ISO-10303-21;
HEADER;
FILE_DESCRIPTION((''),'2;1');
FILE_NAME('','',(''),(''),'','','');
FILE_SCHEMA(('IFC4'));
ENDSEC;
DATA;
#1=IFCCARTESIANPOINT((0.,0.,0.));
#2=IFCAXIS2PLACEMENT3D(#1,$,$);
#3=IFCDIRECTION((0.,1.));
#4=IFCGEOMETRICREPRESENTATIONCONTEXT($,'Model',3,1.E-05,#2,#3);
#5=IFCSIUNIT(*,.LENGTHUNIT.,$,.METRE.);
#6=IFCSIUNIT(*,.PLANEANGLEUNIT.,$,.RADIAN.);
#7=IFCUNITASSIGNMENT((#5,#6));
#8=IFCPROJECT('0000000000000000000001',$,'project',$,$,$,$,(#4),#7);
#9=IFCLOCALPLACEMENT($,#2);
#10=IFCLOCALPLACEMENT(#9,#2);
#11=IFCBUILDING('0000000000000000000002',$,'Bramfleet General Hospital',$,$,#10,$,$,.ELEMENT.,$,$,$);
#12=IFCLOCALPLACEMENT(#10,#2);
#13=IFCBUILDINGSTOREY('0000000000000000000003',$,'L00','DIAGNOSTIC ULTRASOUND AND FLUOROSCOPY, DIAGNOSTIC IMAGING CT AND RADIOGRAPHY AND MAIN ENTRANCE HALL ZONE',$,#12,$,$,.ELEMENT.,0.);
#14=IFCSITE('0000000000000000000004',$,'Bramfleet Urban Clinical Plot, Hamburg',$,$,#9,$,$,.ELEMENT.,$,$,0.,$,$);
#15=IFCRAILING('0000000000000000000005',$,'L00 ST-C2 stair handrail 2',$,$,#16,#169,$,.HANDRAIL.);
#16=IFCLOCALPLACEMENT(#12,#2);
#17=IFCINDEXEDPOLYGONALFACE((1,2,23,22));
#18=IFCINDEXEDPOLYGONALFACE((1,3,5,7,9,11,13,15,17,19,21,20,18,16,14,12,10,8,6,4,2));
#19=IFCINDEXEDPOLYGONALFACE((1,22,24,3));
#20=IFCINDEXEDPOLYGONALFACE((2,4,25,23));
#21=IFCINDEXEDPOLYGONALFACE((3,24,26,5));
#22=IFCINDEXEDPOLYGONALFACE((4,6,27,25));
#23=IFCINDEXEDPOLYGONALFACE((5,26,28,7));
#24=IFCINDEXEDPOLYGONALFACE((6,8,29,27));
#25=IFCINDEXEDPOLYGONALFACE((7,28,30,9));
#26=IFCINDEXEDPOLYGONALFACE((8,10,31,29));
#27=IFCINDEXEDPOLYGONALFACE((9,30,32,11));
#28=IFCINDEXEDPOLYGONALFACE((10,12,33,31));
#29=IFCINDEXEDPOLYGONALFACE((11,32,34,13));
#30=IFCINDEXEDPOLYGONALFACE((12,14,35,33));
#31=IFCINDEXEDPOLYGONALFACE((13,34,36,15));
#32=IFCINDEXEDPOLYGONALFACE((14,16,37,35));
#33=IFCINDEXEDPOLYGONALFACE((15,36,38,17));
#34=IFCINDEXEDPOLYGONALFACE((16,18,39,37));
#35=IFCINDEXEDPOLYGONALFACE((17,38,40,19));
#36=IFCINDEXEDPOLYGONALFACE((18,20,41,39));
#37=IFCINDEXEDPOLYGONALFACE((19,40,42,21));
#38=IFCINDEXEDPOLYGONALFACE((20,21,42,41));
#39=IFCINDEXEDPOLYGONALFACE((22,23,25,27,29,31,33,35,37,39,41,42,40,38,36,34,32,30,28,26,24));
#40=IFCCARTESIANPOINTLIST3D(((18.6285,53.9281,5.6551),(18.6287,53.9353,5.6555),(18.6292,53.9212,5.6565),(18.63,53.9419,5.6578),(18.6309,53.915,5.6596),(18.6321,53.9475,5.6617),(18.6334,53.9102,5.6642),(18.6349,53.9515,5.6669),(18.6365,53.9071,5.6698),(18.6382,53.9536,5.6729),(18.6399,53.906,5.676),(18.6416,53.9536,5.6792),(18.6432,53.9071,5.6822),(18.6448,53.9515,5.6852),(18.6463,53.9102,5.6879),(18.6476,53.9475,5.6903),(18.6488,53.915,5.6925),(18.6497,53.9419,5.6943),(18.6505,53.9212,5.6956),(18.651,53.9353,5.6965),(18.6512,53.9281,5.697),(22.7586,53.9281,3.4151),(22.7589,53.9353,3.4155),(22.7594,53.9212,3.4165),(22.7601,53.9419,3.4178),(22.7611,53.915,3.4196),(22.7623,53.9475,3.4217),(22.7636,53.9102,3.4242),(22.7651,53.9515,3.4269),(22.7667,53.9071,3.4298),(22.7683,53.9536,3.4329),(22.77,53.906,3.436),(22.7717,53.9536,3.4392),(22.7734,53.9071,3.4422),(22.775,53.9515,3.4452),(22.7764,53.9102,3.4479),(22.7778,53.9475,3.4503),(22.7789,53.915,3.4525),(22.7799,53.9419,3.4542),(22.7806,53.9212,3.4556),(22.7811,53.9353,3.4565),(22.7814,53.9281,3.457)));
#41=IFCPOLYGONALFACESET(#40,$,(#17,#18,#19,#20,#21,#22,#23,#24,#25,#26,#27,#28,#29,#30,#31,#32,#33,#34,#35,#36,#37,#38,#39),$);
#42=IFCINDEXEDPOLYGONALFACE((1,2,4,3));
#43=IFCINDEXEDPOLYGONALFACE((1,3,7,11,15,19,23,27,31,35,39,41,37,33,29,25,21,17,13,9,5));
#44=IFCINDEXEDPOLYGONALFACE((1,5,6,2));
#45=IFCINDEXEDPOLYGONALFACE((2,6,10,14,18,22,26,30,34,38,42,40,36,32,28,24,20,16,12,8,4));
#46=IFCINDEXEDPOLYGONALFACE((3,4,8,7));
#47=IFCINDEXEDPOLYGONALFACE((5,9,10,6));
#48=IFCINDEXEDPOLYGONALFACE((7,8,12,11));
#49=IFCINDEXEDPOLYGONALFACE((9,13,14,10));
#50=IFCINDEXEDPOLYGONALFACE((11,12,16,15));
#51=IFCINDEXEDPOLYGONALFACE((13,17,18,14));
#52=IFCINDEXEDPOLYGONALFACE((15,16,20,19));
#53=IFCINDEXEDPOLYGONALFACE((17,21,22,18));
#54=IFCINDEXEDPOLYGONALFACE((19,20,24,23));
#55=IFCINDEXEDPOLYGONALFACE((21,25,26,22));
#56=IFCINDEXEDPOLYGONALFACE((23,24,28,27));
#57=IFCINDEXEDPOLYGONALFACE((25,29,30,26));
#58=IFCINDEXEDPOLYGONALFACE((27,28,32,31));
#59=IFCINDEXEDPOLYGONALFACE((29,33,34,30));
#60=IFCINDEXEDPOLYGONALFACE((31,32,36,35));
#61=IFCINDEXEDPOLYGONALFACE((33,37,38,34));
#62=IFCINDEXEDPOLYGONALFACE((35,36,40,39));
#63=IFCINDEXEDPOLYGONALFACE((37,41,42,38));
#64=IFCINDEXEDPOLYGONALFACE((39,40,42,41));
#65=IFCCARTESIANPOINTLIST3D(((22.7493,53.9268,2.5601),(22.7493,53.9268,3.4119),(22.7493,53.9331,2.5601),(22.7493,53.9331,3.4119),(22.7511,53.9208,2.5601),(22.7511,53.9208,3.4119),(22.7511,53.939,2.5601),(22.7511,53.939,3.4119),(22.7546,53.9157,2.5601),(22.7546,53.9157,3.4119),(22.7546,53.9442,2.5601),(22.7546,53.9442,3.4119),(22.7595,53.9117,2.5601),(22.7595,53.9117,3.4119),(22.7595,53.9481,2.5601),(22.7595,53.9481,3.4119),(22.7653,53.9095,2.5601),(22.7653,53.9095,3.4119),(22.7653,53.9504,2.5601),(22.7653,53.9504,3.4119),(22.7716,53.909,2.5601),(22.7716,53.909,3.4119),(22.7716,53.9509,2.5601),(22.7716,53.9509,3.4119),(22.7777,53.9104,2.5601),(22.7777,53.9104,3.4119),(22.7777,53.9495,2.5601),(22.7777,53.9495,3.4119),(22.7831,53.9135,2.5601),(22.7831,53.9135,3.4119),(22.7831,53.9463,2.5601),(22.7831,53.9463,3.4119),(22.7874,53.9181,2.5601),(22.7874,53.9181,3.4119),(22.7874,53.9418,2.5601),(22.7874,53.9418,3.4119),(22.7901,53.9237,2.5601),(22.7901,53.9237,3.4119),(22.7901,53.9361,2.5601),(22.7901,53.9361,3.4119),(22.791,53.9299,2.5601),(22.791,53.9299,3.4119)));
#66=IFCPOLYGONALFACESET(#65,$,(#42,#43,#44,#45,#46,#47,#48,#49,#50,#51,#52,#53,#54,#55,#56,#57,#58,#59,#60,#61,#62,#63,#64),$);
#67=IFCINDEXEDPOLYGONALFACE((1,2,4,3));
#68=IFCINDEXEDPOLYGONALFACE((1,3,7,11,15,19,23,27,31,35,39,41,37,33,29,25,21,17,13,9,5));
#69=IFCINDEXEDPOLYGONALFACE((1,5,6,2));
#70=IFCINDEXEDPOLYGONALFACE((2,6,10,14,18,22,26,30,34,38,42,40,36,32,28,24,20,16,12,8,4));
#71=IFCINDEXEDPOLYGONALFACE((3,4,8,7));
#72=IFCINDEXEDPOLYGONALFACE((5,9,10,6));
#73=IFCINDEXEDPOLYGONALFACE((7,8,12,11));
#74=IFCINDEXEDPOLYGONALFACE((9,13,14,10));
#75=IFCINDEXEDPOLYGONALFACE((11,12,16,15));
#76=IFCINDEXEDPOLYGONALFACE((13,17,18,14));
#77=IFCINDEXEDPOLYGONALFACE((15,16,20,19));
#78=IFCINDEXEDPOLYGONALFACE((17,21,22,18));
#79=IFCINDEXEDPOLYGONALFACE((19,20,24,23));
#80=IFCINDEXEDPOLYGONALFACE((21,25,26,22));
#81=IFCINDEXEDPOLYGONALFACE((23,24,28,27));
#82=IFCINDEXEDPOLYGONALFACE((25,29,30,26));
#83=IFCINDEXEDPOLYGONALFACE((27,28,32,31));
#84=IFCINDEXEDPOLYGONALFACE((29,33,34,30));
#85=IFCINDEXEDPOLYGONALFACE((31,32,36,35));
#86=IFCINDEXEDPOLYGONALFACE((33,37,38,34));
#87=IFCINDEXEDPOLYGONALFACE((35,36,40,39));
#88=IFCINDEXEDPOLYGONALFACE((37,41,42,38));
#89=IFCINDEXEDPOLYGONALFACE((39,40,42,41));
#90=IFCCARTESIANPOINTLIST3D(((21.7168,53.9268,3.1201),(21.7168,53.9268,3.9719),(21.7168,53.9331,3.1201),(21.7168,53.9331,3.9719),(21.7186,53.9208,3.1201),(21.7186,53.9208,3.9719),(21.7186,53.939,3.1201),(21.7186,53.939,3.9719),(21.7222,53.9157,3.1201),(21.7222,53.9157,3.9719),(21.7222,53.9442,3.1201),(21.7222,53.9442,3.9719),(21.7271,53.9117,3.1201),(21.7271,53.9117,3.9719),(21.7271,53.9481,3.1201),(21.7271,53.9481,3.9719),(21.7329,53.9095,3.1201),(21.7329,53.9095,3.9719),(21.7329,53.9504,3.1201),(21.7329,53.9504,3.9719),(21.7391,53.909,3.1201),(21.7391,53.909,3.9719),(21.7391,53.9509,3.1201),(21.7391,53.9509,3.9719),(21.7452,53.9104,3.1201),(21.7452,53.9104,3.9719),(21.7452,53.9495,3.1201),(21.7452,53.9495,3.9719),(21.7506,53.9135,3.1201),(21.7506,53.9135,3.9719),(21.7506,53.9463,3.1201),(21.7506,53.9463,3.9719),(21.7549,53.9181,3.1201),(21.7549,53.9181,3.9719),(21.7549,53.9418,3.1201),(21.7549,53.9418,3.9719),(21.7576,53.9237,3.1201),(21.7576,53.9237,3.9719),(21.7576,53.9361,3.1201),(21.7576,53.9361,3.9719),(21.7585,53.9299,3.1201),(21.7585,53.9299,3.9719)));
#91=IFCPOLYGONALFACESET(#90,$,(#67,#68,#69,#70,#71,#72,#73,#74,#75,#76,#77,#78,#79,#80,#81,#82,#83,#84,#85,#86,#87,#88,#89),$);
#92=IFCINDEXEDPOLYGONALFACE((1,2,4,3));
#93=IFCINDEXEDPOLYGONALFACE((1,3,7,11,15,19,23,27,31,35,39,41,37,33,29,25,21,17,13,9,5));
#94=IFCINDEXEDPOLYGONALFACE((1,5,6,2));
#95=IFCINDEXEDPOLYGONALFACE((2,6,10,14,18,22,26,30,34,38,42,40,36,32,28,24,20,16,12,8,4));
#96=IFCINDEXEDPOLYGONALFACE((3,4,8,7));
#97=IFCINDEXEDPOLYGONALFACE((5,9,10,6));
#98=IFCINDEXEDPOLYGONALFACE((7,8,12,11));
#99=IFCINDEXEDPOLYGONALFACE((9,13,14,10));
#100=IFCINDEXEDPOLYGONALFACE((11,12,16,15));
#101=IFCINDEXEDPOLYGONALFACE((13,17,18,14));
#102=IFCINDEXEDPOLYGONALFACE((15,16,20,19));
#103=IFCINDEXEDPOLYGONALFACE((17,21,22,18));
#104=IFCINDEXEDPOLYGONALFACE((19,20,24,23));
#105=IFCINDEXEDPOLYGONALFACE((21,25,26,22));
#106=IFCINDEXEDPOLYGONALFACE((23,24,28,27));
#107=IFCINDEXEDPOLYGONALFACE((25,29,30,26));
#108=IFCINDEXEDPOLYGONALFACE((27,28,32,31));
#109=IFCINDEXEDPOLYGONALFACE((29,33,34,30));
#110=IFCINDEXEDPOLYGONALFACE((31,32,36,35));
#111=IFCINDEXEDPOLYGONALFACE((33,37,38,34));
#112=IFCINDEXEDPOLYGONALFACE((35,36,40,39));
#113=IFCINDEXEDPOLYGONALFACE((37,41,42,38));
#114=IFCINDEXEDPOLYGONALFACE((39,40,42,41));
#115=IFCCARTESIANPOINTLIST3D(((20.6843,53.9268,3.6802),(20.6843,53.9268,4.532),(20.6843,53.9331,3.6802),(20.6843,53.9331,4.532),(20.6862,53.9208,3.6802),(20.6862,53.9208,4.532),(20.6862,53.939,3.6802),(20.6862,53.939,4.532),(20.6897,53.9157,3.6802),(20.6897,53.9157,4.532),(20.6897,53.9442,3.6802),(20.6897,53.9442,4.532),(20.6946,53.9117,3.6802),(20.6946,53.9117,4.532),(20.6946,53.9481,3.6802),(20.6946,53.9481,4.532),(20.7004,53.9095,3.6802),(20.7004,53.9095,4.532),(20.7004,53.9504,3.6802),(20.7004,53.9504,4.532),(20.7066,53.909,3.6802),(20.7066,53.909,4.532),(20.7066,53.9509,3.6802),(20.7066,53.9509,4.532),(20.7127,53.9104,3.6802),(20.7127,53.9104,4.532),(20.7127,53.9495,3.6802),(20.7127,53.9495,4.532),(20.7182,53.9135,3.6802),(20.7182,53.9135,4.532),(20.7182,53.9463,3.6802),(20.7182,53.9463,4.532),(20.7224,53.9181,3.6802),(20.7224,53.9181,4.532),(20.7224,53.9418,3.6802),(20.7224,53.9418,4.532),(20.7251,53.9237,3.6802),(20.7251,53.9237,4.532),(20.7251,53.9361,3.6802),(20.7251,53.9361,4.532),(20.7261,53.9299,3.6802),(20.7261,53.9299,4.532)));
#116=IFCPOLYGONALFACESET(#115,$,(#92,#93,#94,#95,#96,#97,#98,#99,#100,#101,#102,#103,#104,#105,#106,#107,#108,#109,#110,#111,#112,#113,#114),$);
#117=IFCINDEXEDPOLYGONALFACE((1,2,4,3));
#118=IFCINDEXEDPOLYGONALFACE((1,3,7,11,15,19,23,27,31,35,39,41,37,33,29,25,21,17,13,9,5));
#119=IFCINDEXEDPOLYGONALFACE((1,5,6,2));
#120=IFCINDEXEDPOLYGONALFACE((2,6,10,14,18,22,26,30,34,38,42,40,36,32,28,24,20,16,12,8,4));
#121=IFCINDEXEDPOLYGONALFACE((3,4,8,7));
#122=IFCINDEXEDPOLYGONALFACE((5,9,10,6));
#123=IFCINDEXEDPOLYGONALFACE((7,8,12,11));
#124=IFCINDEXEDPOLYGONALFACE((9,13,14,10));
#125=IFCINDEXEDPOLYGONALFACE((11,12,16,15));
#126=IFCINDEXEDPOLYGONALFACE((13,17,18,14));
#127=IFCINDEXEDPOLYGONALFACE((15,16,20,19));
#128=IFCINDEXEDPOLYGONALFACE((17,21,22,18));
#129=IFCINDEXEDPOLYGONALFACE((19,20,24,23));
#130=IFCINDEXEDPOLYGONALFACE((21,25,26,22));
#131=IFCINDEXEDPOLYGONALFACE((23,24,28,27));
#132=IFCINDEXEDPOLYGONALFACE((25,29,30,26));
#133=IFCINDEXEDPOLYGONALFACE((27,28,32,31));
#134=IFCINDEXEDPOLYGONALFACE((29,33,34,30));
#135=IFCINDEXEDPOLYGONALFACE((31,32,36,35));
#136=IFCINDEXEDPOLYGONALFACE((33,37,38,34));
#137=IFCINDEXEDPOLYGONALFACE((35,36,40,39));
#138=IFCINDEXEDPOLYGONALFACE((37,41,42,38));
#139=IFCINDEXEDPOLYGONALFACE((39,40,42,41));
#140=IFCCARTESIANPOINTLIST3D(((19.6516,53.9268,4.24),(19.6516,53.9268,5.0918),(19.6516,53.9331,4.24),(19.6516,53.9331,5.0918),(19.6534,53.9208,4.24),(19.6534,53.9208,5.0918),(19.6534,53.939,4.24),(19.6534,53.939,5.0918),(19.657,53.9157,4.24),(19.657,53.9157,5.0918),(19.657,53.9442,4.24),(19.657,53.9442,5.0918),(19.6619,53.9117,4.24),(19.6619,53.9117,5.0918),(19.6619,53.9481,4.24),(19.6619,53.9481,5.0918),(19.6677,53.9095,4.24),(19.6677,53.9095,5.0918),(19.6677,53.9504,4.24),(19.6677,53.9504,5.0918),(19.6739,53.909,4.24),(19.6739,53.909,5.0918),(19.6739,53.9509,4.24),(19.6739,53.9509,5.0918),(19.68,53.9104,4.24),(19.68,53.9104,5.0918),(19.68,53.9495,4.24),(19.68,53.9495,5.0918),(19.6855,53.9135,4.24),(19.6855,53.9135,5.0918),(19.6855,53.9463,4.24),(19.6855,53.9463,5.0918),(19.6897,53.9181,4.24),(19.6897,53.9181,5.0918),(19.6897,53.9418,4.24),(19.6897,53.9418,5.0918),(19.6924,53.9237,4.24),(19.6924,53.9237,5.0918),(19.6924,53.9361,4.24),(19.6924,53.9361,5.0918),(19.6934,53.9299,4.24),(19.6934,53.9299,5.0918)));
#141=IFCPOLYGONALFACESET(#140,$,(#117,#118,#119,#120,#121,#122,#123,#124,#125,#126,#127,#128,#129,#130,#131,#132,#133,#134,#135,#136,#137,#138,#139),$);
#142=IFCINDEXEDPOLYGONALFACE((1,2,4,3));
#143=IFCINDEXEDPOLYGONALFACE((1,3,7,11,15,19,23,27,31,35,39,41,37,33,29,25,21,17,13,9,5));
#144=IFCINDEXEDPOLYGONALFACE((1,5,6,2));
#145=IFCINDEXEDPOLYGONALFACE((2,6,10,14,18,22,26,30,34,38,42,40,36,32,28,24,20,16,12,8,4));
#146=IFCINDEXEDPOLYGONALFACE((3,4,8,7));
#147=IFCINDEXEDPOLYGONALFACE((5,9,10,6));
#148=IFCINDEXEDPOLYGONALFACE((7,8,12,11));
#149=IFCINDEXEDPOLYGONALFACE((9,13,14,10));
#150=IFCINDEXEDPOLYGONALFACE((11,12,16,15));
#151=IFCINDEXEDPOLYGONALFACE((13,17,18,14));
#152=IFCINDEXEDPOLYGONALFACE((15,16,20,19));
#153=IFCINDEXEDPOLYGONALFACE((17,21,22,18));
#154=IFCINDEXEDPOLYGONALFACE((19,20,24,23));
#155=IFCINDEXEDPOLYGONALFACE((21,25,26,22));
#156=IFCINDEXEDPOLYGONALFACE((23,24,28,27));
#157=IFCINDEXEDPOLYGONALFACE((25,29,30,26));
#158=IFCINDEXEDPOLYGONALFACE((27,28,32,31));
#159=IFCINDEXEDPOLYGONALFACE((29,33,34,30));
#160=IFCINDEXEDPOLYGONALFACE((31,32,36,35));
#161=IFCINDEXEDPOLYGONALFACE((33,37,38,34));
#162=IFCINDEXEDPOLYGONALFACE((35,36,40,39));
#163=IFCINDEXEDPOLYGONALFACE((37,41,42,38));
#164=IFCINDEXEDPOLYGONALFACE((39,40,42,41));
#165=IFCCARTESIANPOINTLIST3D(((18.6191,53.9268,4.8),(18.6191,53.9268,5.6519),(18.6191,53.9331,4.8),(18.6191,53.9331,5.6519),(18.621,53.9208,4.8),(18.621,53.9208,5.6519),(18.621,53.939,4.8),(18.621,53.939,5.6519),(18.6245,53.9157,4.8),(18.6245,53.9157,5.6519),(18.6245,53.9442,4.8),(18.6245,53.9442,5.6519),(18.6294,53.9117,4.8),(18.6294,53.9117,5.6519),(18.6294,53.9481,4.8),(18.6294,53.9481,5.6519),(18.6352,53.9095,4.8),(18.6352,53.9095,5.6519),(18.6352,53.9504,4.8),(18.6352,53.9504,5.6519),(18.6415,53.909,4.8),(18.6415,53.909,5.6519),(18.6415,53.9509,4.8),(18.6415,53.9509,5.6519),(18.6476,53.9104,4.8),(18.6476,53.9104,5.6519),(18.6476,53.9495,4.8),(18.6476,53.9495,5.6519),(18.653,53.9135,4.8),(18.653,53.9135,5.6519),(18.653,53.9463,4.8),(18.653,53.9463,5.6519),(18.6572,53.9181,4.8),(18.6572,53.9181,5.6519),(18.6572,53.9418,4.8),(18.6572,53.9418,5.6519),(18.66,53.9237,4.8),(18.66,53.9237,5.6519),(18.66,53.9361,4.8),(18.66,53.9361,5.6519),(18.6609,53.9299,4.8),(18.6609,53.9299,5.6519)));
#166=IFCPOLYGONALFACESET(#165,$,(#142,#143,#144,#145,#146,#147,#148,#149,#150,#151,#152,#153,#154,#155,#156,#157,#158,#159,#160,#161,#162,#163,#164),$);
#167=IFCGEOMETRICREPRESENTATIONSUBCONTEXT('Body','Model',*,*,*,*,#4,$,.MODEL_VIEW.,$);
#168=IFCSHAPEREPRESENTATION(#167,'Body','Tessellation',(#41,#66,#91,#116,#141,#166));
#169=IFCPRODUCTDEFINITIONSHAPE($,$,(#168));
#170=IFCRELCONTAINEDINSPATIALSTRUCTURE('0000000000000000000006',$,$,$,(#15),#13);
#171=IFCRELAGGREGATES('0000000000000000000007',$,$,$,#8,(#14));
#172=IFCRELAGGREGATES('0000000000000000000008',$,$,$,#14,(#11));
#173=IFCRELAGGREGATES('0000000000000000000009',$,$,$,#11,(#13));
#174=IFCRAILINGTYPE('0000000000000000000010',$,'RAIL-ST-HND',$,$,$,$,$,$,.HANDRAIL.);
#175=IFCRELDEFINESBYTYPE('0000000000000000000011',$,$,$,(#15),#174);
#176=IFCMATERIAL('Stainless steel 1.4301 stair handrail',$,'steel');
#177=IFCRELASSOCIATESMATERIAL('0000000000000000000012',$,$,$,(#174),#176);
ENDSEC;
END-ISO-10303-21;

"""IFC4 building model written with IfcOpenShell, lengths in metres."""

from ifc_helpers import new_model, si_unit, direction, frame, origin, origin_2d, place, context, subcontext, project, spatial, circle, extrude, material, type_object, element, save


model = new_model("IFC4")

# Units and contexts
model_context = context("Model", 3, precision=1e-05, world=origin(), true_north=direction((0.0, 1.0)))
body_context = subcontext(model_context, "Body", "Model", "MODEL_VIEW")
ifc_project = project(units=[si_unit("LENGTHUNIT", "METRE"), si_unit("PLANEANGLEUNIT", "RADIAN")], contexts=[model_context])

# Site, building, storey
site_placement = place(None, origin())
site = spatial("IfcSite", under=ifc_project, at=site_placement, Name="Bramfleet Urban Clinical Plot, Hamburg", CompositionType="ELEMENT", RefElevation=0.0)
building_placement = place(site_placement, origin())
building = spatial("IfcBuilding", under=site, at=building_placement, Name="Bramfleet General Hospital", CompositionType="ELEMENT")
storey_placement = place(building_placement, origin())
storey = spatial("IfcBuildingStorey", under=building, at=storey_placement, Name="L00", Description="DIAGNOSTIC ULTRASOUND AND FLUOROSCOPY, DIAGNOSTIC IMAGING CT AND RADIOGRAPHY AND MAIN ENTRANCE HALL ZONE", CompositionType="ELEMENT", Elevation=0.0)

# Railing
ifc_material_1 = material(Name="Stainless steel 1.4301 stair handrail", Category="steel")
railing_type_1 = type_object("IfcRailingType", Name="RAIL-ST-HND", PredefinedType="HANDRAIL", material=ifc_material_1)
railing_1_placement = place(storey_placement, frame((22.77, 53.9299, 2.5601)))
element("IfcRailing", 1, at=railing_1_placement, inside=storey, type_object=railing_type_1, Name="L00 ST-C2 stair handrail 2", PredefinedType="HANDRAIL", context=body_context, shape_type="SweptSolid", body=[
    extrude(circle(Radius=0.0239, at=origin_2d()), frame((0.0, 0.0, 0.876), z_axis=(-0.879039, 0.0, 0.47675), x_axis=(0.0, -1.0, 0.0)), (0.0, 0.0, 1.0), 4.6985),
    extrude(circle(Radius=0.021, at=origin_2d()), origin(), (0.0, 0.0, 1.0), 0.8518),
    extrude(circle(Radius=0.021, at=origin_2d()), frame((-1.0325, 0.0, 0.5601)), (0.0, 0.0, 1.0), 0.8518),
    extrude(circle(Radius=0.021, at=origin_2d()), frame((-2.0649, 0.0, 1.1201)), (0.0, 0.0, 1.0), 0.8518),
    extrude(circle(Radius=0.021, at=origin_2d()), frame((-3.0977, 0.0, 1.6799)), (0.0, 0.0, 1.0), 0.8518),
    extrude(circle(Radius=0.021, at=origin_2d()), frame((-4.1301, 0.0, 2.24)), (0.0, 0.0, 1.0), 0.8518),
])

save(model, "model.ifc")
